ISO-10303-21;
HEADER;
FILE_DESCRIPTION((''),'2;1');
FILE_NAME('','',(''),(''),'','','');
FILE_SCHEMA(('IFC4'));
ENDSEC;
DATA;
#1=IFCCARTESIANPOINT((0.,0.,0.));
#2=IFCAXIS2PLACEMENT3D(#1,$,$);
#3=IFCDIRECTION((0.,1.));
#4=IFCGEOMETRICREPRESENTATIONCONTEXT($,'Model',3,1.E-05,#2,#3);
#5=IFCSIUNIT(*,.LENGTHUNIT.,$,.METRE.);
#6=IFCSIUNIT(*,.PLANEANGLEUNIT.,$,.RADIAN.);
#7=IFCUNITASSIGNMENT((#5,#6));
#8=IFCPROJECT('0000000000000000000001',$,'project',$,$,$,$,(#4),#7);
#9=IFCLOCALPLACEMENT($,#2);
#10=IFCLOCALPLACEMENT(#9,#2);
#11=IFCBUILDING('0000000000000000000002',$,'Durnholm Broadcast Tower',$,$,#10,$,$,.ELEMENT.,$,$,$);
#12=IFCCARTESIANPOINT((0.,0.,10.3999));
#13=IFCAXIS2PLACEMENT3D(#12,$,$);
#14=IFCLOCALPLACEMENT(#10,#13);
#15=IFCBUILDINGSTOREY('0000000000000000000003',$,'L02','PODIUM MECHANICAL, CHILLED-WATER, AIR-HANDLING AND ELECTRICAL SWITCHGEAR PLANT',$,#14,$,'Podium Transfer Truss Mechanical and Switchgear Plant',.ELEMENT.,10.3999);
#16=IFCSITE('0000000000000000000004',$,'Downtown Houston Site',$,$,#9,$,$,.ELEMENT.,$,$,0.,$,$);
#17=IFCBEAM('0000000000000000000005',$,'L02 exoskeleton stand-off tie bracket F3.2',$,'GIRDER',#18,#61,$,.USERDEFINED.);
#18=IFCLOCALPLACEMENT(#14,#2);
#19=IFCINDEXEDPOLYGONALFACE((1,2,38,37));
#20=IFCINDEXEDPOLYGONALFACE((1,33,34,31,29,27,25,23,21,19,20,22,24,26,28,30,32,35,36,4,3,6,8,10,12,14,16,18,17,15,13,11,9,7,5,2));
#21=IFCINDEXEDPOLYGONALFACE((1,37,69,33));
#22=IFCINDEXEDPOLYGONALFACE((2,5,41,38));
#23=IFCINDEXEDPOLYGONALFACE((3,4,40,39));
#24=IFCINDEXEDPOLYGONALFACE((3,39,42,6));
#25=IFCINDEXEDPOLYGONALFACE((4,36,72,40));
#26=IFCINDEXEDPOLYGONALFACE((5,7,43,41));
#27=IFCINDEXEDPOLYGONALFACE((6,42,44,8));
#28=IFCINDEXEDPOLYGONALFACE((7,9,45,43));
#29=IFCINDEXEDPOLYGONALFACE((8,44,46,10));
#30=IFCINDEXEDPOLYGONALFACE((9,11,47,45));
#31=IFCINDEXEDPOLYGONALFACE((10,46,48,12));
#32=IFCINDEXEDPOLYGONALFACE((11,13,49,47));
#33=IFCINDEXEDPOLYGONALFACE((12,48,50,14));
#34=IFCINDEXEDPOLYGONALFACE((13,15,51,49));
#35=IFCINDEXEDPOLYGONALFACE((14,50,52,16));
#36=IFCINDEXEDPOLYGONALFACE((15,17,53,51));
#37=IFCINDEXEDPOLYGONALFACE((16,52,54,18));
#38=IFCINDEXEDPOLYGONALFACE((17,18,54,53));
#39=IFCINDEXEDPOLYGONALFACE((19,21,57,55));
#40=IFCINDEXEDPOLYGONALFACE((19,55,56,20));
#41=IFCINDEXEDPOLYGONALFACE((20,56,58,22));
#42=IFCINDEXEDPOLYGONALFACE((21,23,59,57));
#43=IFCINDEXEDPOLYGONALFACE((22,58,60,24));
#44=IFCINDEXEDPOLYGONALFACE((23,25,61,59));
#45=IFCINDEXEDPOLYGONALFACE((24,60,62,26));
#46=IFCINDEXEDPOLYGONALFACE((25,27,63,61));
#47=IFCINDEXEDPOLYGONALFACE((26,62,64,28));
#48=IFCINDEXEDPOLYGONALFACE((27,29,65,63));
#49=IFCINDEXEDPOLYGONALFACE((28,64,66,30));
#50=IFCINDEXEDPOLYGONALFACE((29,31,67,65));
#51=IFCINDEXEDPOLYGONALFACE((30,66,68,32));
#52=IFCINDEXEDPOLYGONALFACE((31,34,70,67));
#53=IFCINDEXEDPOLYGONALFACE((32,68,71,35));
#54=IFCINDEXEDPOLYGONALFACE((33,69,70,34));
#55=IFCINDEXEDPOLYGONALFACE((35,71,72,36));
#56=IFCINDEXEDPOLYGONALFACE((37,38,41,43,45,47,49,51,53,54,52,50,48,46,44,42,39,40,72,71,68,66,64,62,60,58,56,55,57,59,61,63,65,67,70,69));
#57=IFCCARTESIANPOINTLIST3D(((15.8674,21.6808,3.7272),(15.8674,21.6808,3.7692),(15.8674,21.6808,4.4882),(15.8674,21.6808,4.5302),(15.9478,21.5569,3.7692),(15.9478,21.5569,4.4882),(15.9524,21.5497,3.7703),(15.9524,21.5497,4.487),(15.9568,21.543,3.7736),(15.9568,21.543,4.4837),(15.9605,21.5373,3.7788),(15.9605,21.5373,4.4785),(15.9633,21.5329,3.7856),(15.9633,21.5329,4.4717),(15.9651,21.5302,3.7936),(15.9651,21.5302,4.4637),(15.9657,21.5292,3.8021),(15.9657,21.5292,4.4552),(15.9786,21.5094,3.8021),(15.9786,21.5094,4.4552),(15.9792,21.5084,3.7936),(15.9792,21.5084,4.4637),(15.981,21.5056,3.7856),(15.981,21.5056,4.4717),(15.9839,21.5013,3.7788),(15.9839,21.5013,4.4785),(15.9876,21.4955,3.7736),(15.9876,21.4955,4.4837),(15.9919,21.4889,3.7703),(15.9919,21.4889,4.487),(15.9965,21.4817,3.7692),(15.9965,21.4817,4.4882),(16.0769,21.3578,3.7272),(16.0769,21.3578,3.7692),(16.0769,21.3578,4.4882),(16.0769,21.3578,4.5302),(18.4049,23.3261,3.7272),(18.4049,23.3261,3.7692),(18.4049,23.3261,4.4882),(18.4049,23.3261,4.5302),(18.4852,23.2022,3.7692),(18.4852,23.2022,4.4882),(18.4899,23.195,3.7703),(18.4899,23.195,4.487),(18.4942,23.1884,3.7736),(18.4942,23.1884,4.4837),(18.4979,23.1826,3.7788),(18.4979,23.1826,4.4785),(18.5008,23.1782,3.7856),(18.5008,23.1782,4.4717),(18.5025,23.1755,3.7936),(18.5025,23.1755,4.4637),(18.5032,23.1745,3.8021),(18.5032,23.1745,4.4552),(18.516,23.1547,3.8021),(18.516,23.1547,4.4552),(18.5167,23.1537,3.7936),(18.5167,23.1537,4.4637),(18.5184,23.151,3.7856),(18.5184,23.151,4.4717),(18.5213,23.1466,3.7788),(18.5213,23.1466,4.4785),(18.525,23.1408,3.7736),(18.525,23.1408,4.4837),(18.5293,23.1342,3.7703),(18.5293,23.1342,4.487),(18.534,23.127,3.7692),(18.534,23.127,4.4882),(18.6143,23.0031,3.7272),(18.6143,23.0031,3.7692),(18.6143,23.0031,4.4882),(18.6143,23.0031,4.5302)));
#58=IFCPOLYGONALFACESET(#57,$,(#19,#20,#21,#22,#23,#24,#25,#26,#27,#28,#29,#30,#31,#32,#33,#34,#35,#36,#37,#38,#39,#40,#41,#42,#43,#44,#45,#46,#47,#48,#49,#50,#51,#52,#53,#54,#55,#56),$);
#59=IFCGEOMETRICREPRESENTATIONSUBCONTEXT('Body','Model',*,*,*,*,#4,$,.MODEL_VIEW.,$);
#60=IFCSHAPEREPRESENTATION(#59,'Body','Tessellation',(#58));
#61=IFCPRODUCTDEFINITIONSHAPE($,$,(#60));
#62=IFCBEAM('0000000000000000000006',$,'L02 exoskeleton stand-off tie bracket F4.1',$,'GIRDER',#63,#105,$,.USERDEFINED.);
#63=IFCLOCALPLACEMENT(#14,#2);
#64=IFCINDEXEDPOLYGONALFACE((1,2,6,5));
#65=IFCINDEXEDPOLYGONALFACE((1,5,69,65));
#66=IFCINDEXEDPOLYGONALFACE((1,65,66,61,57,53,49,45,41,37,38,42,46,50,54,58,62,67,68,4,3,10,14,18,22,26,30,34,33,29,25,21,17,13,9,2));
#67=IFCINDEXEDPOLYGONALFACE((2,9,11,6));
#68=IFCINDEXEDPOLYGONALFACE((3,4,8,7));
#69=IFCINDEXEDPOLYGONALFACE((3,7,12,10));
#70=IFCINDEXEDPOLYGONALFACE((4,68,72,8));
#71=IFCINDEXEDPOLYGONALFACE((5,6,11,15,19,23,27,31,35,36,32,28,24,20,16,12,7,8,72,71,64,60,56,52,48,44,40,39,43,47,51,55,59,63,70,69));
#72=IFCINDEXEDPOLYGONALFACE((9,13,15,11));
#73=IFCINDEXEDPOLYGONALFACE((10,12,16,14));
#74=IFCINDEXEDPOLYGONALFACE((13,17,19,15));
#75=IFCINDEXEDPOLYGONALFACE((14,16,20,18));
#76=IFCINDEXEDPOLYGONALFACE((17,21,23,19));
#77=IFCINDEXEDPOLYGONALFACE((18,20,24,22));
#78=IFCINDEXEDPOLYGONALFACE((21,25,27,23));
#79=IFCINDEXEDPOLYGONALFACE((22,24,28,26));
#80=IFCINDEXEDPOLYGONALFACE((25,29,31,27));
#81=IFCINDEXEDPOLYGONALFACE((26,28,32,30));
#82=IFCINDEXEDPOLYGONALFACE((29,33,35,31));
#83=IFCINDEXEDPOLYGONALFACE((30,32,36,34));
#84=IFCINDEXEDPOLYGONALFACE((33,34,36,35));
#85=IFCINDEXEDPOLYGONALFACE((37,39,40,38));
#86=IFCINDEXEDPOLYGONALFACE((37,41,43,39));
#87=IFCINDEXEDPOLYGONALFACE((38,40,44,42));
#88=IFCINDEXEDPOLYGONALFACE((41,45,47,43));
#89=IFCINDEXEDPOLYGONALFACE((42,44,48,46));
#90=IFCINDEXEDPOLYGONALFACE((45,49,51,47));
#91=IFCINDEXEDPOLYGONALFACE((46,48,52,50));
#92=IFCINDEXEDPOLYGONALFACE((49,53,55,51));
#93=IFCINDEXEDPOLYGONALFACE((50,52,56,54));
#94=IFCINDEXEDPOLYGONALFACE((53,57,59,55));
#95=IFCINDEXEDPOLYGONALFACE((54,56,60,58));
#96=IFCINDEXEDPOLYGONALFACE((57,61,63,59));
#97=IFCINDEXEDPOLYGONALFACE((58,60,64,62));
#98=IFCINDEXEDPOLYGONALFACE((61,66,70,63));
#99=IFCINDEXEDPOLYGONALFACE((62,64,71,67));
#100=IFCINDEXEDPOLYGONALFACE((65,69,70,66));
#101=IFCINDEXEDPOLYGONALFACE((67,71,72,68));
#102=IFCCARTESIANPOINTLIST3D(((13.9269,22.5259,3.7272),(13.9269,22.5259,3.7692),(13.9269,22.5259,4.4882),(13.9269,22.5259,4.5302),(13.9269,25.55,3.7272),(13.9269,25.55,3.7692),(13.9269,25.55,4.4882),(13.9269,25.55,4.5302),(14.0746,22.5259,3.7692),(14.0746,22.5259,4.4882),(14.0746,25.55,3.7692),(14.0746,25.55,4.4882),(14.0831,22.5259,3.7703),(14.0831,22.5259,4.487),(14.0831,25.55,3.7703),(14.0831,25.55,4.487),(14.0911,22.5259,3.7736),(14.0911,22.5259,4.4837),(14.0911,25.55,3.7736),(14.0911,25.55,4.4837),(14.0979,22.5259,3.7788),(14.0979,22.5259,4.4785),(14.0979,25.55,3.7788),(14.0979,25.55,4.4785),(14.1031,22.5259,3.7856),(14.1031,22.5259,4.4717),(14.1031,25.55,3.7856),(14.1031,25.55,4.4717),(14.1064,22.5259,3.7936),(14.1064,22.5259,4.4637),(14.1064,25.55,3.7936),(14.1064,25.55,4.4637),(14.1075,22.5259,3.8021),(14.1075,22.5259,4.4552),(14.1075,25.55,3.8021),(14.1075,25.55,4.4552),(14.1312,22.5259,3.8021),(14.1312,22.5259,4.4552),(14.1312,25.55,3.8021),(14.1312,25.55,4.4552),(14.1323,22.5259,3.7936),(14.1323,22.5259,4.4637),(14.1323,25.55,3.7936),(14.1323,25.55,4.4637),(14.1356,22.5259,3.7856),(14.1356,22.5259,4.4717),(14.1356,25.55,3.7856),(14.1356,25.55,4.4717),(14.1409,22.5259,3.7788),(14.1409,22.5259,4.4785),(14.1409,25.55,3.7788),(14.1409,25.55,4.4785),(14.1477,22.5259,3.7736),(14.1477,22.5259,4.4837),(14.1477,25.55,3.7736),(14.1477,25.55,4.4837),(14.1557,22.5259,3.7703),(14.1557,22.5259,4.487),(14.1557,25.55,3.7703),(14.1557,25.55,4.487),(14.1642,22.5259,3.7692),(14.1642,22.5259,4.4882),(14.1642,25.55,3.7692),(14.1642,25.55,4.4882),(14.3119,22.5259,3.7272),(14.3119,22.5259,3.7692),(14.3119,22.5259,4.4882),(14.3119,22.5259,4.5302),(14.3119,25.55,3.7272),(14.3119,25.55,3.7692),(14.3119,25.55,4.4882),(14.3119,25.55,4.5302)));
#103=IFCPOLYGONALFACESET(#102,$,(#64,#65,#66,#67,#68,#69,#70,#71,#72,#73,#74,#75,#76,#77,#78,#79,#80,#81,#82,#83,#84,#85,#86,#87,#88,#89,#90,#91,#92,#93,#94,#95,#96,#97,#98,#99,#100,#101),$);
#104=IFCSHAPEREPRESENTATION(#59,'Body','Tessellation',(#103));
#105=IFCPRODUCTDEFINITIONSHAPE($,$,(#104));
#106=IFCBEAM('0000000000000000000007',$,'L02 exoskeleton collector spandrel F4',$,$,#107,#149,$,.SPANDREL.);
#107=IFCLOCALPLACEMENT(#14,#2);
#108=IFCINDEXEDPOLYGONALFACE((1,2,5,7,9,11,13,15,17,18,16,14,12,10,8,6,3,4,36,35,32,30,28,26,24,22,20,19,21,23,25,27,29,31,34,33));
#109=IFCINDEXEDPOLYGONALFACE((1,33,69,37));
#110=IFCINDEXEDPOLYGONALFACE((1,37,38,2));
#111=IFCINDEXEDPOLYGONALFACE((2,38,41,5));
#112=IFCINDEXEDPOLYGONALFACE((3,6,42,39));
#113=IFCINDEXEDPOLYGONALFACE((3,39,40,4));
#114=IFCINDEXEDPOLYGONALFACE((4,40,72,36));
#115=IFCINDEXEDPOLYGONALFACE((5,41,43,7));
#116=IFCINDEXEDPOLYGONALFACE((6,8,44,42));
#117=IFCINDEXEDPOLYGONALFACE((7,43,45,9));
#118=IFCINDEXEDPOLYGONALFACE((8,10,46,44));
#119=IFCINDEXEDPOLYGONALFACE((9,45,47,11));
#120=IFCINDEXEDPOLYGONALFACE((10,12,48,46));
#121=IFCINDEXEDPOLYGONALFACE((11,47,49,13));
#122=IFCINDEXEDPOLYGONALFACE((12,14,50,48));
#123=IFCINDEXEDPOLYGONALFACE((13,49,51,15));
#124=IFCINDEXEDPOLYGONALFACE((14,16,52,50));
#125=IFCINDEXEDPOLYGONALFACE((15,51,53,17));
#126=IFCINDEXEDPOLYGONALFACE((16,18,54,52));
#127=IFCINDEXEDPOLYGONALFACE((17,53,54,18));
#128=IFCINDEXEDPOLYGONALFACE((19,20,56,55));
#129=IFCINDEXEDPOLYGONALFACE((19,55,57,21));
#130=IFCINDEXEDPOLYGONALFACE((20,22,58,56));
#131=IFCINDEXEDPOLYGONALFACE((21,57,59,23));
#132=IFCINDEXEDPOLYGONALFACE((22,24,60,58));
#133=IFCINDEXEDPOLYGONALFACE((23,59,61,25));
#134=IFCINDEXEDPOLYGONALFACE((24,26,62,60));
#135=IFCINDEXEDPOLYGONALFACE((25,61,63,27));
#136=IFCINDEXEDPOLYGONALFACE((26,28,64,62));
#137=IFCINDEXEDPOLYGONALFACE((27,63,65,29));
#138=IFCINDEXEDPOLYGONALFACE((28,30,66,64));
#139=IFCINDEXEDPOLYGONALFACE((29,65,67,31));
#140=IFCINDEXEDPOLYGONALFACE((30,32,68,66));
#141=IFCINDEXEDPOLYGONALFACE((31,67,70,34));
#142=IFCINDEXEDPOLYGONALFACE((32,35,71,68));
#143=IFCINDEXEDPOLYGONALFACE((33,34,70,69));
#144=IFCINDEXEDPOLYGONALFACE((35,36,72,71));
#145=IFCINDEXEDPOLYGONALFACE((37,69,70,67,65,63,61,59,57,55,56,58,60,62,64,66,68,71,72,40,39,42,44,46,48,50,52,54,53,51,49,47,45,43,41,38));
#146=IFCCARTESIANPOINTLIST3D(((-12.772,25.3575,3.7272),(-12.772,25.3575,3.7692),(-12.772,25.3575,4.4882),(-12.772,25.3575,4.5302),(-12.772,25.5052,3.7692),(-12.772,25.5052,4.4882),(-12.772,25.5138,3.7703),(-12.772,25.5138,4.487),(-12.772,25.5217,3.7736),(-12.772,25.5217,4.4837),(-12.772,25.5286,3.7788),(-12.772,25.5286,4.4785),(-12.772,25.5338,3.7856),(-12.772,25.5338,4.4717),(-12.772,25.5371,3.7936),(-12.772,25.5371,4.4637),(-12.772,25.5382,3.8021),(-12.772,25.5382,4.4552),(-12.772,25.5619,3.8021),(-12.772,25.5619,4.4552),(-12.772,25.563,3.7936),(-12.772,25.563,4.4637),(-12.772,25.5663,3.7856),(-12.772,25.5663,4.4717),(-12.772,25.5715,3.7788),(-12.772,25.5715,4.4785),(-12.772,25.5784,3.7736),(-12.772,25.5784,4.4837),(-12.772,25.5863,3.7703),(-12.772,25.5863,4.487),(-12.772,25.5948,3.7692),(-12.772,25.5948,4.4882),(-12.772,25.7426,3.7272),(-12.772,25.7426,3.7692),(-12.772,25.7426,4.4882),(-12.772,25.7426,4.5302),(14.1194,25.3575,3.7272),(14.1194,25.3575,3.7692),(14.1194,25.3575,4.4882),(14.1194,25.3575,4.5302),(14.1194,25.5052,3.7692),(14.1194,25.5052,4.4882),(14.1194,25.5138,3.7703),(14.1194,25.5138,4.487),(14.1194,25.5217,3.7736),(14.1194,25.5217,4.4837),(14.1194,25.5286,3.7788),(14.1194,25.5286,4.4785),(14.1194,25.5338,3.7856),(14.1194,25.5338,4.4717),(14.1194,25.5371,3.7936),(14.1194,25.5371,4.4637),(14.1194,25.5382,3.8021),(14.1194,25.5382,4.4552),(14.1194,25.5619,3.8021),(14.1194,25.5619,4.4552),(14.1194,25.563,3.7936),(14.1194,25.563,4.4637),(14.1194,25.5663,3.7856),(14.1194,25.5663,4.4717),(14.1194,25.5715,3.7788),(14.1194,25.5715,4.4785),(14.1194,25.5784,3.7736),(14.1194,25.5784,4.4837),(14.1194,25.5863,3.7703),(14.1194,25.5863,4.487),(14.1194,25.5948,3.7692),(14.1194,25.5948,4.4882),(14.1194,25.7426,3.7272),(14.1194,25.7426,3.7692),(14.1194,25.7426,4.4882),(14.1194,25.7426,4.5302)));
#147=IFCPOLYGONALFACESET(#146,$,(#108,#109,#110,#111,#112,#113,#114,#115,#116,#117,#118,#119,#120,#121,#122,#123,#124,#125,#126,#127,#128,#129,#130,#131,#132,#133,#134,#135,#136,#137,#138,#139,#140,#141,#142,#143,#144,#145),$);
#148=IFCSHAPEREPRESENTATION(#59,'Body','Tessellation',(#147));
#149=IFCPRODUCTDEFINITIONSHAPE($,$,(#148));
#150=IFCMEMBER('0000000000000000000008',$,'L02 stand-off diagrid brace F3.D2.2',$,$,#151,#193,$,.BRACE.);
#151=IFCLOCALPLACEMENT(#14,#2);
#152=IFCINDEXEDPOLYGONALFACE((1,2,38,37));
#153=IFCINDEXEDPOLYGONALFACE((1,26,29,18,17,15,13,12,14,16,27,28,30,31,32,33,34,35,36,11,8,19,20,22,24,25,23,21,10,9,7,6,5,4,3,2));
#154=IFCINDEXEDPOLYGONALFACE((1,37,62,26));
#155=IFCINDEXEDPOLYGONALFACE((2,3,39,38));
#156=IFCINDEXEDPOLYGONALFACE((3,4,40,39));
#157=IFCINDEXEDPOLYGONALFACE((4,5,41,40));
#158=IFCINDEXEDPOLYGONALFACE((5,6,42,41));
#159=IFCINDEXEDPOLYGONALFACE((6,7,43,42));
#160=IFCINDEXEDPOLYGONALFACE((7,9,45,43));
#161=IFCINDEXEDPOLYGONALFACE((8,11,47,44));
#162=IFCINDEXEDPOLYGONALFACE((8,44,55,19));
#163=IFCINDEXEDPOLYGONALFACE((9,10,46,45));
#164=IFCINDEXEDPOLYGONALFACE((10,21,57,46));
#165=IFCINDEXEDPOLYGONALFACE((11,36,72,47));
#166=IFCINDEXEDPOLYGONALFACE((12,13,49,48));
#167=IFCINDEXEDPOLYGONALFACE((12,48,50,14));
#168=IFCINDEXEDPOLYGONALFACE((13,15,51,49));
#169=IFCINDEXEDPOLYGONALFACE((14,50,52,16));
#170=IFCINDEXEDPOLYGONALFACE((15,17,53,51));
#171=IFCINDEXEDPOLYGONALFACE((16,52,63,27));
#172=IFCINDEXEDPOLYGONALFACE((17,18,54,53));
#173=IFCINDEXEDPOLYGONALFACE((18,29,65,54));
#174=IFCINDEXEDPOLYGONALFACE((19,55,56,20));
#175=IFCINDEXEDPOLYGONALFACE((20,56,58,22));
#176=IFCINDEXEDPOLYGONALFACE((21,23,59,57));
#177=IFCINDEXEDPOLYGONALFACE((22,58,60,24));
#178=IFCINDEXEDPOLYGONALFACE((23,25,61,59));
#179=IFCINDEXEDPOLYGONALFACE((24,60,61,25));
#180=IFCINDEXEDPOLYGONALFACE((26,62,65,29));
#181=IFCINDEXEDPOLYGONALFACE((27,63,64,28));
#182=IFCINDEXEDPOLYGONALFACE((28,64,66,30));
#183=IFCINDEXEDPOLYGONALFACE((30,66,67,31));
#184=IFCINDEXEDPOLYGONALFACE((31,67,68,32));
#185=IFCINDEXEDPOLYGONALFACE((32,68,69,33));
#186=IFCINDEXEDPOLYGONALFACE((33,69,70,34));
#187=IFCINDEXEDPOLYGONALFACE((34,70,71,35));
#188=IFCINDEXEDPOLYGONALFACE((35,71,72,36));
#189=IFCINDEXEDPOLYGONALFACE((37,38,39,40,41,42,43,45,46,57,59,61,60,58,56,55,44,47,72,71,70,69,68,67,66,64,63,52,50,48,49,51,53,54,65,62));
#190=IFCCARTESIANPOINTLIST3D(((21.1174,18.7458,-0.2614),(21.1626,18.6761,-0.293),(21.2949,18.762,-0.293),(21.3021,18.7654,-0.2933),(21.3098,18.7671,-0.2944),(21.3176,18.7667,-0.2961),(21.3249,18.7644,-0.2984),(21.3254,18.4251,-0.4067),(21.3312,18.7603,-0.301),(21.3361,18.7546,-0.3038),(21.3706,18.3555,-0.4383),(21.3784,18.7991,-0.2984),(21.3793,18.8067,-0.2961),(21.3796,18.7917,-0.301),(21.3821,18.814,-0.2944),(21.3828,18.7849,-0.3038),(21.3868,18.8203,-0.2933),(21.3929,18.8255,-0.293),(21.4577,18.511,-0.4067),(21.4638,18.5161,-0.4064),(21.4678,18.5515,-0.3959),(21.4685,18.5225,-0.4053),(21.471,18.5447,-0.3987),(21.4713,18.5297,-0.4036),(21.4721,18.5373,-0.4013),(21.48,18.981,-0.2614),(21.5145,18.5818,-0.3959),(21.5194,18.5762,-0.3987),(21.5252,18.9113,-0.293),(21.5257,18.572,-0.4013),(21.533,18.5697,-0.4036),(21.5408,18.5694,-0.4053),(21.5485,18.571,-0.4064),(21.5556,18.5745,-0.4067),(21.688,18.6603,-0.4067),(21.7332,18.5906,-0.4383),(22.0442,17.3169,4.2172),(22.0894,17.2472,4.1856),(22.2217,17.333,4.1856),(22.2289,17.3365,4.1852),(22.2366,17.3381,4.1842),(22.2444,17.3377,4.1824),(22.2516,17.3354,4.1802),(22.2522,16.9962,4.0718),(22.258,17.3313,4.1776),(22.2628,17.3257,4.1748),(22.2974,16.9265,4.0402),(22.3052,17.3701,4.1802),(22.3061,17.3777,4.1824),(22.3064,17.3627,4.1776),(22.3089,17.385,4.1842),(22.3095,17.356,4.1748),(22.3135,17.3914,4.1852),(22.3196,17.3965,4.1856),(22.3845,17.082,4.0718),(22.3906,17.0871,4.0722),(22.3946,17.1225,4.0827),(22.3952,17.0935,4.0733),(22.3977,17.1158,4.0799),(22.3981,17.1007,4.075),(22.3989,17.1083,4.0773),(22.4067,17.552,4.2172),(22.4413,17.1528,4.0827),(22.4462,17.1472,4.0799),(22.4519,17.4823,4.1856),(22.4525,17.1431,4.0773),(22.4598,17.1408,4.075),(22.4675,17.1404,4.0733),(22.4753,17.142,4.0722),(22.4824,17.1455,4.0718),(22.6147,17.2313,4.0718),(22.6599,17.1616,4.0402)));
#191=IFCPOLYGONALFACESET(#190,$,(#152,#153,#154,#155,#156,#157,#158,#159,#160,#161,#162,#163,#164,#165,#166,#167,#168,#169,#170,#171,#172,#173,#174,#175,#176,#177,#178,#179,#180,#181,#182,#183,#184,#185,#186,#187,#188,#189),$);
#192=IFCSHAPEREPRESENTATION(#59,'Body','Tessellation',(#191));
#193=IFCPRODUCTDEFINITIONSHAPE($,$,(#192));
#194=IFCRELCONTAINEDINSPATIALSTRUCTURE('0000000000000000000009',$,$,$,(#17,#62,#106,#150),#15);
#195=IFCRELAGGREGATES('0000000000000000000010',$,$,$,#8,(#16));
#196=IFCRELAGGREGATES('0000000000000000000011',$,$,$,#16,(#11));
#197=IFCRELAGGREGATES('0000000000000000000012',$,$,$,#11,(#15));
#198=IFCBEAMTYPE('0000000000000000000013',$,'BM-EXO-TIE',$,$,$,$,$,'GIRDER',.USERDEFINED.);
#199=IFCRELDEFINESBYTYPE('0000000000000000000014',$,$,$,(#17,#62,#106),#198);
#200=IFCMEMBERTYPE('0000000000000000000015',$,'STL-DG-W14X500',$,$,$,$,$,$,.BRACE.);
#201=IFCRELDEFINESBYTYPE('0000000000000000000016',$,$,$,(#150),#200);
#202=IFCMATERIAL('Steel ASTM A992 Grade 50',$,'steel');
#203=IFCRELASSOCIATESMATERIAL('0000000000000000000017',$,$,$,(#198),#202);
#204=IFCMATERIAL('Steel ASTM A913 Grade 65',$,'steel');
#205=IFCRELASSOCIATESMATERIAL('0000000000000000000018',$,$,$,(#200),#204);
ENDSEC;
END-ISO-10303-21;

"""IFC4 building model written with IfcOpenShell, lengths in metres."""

from ifc_helpers import new_model, si_unit, direction, frame, origin, origin_2d, place, context, subcontext, project, spatial, i_section, extrude, source, transform, mapped, material, material_profile, profile_set, type_object, type_shapes, element, save


model = new_model("IFC4")

# Units and contexts
model_context = context("Model", 3, precision=1e-05, world=origin(), true_north=direction((0.0, 1.0)))
body_context = subcontext(model_context, "Body", "Model", "MODEL_VIEW")
ifc_project = project(units=[si_unit("LENGTHUNIT", "METRE"), si_unit("PLANEANGLEUNIT", "RADIAN")], contexts=[model_context])

# Site, building, storey
site_placement = place(None, origin())
site = spatial("IfcSite", under=ifc_project, at=site_placement, Name="Downtown Houston Site", CompositionType="ELEMENT", RefElevation=0.0)
building_placement = place(site_placement, origin())
building = spatial("IfcBuilding", under=site, at=building_placement, Name="Durnholm Broadcast Tower", CompositionType="ELEMENT")
storey_placement = place(building_placement, frame((0.0, 0.0, 10.3999)))
storey = spatial("IfcBuildingStorey", under=building, at=storey_placement, Name="L02", Description="PODIUM MECHANICAL, CHILLED-WATER, AIR-HANDLING AND ELECTRICAL SWITCHGEAR PLANT", LongName="Podium Transfer Truss Mechanical and Switchgear Plant", CompositionType="ELEMENT", Elevation=10.3999)

# Shared definitions
ifc_material_1 = material(Name="Steel ASTM A913 Grade 65", Category="steel")

# Shared definitions
ifc_material_2 = material(Name="Steel ASTM A992 Grade 50", Category="steel")

# Beams
ifc_material_profile_1 = material_profile(ifc_material_2, i_section(OverallWidth=0.385, OverallDepth=0.803, WebThickness=0.0237, FlangeThickness=0.042, FilletRadius=0.033, at=origin_2d()), Name="W30X261")
ifc_profile_set_1 = profile_set([ifc_material_profile_1], Name="Steel ASTM A992 Grade 50")
beam_type_1 = type_object("IfcBeamType", Name="BM-EXO-TIE", ElementType="GIRDER", PredefinedType="USERDEFINED", material=ifc_profile_set_1)
shared_shape_1 = source(origin(), body_context, "Body", "SweptSolid", [
    extrude(i_section(OverallWidth=0.385, OverallDepth=0.803, WebThickness=0.0237, FlangeThickness=0.042, FilletRadius=0.033, at=origin_2d()), origin(), (0.0, 0.0, 1.0), 3.0242),
])
for number, where, z_axis, x_axis, name in (
    (1, (15.9722, 21.5193, 4.1287), (0.83905, 0.544054, 0.0), (-0.544054, 0.83905, 0.0), "L02 exoskeleton stand-off tie bracket F3.2"),
    (2, (14.1194, 22.5259, 4.1287), (0.0, 1.0, 0.0), (-1.0, 0.0, 0.0), "L02 exoskeleton stand-off tie bracket F4.1"),
):
    element("IfcBeam", number, at=place(storey_placement, frame(where, z_axis=z_axis, x_axis=x_axis)), inside=storey, type_object=beam_type_1, Name=name, ObjectType="GIRDER", PredefinedType="USERDEFINED", context=body_context, shape_type="MappedRepresentation", body=[
        mapped(shared_shape_1, transform((0.0, 0.0, 0.0), x_axis=(1.0, 0.0, 0.0), y_axis=(0.0, 1.0, 0.0), z_axis=(0.0, 0.0, 1.0), scale=1.0)),
    ])
shared_shape_2 = source(origin(), body_context, "Body", "SweptSolid", [
    extrude(i_section(OverallWidth=0.385, OverallDepth=0.803, WebThickness=0.0237, FlangeThickness=0.042, FilletRadius=0.033, at=origin_2d()), origin(), (0.0, 0.0, 1.0), 26.8914),
])
type_shapes(beam_type_1, [shared_shape_1, shared_shape_2])
beam_1_placement = place(storey_placement, frame((14.1194, 25.55, 4.1287), z_axis=(-1.0, 0.0, 0.0), x_axis=(0.0, -1.0, 0.0)))
element("IfcBeam", 3, at=beam_1_placement, inside=storey, type_object=beam_type_1, Name="L02 exoskeleton collector spandrel F4", PredefinedType="SPANDREL", context=body_context, shape_type="MappedRepresentation", body=[
    mapped(shared_shape_2, transform((0.0, 0.0, 0.0), x_axis=(1.0, 0.0, 0.0), y_axis=(0.0, 1.0, 0.0), z_axis=(0.0, 0.0, 1.0), scale=1.0)),
])

# Member
ifc_material_profile_2 = material_profile(ifc_material_1, i_section(OverallWidth=0.4321, OverallDepth=0.4978, WebThickness=0.0557, FlangeThickness=0.0889, FilletRadius=0.0305, at=origin_2d()), Name="W14X500")
ifc_profile_set_2 = profile_set([ifc_material_profile_2], Name="Steel ASTM A913 Grade 65")
member_type_1 = type_object("IfcMemberType", Name="STL-DG-W14X500", PredefinedType="BRACE", material=ifc_profile_set_2)
shared_shape_3 = source(origin(), body_context, "Body", "SweptSolid", [
    extrude(i_section(OverallWidth=0.4321, OverallDepth=0.4978, WebThickness=0.0557, FlangeThickness=0.0889, FilletRadius=0.0305, at=origin_2d()), origin(), (0.0, 0.0, 1.0), 4.7915),
])
type_shapes(member_type_1, [shared_shape_3])
member_1_placement = place(storey_placement, frame((21.4253, 18.6682, -0.3499), z_axis=(0.193419, -0.298231, 0.934691), x_axis=(0.838997, 0.544137, 0.0)))
element("IfcMember", 4, at=member_1_placement, inside=storey, type_object=member_type_1, Name="L02 stand-off diagrid brace F3.D2.2", PredefinedType="BRACE", context=body_context, shape_type="MappedRepresentation", body=[
    mapped(shared_shape_3, transform((0.0, 0.0, 0.0), x_axis=(1.0, 0.0, 0.0), y_axis=(0.0, 1.0, 0.0), z_axis=(0.0, 0.0, 1.0), scale=1.0)),
])

save(model, "model.ifc")
